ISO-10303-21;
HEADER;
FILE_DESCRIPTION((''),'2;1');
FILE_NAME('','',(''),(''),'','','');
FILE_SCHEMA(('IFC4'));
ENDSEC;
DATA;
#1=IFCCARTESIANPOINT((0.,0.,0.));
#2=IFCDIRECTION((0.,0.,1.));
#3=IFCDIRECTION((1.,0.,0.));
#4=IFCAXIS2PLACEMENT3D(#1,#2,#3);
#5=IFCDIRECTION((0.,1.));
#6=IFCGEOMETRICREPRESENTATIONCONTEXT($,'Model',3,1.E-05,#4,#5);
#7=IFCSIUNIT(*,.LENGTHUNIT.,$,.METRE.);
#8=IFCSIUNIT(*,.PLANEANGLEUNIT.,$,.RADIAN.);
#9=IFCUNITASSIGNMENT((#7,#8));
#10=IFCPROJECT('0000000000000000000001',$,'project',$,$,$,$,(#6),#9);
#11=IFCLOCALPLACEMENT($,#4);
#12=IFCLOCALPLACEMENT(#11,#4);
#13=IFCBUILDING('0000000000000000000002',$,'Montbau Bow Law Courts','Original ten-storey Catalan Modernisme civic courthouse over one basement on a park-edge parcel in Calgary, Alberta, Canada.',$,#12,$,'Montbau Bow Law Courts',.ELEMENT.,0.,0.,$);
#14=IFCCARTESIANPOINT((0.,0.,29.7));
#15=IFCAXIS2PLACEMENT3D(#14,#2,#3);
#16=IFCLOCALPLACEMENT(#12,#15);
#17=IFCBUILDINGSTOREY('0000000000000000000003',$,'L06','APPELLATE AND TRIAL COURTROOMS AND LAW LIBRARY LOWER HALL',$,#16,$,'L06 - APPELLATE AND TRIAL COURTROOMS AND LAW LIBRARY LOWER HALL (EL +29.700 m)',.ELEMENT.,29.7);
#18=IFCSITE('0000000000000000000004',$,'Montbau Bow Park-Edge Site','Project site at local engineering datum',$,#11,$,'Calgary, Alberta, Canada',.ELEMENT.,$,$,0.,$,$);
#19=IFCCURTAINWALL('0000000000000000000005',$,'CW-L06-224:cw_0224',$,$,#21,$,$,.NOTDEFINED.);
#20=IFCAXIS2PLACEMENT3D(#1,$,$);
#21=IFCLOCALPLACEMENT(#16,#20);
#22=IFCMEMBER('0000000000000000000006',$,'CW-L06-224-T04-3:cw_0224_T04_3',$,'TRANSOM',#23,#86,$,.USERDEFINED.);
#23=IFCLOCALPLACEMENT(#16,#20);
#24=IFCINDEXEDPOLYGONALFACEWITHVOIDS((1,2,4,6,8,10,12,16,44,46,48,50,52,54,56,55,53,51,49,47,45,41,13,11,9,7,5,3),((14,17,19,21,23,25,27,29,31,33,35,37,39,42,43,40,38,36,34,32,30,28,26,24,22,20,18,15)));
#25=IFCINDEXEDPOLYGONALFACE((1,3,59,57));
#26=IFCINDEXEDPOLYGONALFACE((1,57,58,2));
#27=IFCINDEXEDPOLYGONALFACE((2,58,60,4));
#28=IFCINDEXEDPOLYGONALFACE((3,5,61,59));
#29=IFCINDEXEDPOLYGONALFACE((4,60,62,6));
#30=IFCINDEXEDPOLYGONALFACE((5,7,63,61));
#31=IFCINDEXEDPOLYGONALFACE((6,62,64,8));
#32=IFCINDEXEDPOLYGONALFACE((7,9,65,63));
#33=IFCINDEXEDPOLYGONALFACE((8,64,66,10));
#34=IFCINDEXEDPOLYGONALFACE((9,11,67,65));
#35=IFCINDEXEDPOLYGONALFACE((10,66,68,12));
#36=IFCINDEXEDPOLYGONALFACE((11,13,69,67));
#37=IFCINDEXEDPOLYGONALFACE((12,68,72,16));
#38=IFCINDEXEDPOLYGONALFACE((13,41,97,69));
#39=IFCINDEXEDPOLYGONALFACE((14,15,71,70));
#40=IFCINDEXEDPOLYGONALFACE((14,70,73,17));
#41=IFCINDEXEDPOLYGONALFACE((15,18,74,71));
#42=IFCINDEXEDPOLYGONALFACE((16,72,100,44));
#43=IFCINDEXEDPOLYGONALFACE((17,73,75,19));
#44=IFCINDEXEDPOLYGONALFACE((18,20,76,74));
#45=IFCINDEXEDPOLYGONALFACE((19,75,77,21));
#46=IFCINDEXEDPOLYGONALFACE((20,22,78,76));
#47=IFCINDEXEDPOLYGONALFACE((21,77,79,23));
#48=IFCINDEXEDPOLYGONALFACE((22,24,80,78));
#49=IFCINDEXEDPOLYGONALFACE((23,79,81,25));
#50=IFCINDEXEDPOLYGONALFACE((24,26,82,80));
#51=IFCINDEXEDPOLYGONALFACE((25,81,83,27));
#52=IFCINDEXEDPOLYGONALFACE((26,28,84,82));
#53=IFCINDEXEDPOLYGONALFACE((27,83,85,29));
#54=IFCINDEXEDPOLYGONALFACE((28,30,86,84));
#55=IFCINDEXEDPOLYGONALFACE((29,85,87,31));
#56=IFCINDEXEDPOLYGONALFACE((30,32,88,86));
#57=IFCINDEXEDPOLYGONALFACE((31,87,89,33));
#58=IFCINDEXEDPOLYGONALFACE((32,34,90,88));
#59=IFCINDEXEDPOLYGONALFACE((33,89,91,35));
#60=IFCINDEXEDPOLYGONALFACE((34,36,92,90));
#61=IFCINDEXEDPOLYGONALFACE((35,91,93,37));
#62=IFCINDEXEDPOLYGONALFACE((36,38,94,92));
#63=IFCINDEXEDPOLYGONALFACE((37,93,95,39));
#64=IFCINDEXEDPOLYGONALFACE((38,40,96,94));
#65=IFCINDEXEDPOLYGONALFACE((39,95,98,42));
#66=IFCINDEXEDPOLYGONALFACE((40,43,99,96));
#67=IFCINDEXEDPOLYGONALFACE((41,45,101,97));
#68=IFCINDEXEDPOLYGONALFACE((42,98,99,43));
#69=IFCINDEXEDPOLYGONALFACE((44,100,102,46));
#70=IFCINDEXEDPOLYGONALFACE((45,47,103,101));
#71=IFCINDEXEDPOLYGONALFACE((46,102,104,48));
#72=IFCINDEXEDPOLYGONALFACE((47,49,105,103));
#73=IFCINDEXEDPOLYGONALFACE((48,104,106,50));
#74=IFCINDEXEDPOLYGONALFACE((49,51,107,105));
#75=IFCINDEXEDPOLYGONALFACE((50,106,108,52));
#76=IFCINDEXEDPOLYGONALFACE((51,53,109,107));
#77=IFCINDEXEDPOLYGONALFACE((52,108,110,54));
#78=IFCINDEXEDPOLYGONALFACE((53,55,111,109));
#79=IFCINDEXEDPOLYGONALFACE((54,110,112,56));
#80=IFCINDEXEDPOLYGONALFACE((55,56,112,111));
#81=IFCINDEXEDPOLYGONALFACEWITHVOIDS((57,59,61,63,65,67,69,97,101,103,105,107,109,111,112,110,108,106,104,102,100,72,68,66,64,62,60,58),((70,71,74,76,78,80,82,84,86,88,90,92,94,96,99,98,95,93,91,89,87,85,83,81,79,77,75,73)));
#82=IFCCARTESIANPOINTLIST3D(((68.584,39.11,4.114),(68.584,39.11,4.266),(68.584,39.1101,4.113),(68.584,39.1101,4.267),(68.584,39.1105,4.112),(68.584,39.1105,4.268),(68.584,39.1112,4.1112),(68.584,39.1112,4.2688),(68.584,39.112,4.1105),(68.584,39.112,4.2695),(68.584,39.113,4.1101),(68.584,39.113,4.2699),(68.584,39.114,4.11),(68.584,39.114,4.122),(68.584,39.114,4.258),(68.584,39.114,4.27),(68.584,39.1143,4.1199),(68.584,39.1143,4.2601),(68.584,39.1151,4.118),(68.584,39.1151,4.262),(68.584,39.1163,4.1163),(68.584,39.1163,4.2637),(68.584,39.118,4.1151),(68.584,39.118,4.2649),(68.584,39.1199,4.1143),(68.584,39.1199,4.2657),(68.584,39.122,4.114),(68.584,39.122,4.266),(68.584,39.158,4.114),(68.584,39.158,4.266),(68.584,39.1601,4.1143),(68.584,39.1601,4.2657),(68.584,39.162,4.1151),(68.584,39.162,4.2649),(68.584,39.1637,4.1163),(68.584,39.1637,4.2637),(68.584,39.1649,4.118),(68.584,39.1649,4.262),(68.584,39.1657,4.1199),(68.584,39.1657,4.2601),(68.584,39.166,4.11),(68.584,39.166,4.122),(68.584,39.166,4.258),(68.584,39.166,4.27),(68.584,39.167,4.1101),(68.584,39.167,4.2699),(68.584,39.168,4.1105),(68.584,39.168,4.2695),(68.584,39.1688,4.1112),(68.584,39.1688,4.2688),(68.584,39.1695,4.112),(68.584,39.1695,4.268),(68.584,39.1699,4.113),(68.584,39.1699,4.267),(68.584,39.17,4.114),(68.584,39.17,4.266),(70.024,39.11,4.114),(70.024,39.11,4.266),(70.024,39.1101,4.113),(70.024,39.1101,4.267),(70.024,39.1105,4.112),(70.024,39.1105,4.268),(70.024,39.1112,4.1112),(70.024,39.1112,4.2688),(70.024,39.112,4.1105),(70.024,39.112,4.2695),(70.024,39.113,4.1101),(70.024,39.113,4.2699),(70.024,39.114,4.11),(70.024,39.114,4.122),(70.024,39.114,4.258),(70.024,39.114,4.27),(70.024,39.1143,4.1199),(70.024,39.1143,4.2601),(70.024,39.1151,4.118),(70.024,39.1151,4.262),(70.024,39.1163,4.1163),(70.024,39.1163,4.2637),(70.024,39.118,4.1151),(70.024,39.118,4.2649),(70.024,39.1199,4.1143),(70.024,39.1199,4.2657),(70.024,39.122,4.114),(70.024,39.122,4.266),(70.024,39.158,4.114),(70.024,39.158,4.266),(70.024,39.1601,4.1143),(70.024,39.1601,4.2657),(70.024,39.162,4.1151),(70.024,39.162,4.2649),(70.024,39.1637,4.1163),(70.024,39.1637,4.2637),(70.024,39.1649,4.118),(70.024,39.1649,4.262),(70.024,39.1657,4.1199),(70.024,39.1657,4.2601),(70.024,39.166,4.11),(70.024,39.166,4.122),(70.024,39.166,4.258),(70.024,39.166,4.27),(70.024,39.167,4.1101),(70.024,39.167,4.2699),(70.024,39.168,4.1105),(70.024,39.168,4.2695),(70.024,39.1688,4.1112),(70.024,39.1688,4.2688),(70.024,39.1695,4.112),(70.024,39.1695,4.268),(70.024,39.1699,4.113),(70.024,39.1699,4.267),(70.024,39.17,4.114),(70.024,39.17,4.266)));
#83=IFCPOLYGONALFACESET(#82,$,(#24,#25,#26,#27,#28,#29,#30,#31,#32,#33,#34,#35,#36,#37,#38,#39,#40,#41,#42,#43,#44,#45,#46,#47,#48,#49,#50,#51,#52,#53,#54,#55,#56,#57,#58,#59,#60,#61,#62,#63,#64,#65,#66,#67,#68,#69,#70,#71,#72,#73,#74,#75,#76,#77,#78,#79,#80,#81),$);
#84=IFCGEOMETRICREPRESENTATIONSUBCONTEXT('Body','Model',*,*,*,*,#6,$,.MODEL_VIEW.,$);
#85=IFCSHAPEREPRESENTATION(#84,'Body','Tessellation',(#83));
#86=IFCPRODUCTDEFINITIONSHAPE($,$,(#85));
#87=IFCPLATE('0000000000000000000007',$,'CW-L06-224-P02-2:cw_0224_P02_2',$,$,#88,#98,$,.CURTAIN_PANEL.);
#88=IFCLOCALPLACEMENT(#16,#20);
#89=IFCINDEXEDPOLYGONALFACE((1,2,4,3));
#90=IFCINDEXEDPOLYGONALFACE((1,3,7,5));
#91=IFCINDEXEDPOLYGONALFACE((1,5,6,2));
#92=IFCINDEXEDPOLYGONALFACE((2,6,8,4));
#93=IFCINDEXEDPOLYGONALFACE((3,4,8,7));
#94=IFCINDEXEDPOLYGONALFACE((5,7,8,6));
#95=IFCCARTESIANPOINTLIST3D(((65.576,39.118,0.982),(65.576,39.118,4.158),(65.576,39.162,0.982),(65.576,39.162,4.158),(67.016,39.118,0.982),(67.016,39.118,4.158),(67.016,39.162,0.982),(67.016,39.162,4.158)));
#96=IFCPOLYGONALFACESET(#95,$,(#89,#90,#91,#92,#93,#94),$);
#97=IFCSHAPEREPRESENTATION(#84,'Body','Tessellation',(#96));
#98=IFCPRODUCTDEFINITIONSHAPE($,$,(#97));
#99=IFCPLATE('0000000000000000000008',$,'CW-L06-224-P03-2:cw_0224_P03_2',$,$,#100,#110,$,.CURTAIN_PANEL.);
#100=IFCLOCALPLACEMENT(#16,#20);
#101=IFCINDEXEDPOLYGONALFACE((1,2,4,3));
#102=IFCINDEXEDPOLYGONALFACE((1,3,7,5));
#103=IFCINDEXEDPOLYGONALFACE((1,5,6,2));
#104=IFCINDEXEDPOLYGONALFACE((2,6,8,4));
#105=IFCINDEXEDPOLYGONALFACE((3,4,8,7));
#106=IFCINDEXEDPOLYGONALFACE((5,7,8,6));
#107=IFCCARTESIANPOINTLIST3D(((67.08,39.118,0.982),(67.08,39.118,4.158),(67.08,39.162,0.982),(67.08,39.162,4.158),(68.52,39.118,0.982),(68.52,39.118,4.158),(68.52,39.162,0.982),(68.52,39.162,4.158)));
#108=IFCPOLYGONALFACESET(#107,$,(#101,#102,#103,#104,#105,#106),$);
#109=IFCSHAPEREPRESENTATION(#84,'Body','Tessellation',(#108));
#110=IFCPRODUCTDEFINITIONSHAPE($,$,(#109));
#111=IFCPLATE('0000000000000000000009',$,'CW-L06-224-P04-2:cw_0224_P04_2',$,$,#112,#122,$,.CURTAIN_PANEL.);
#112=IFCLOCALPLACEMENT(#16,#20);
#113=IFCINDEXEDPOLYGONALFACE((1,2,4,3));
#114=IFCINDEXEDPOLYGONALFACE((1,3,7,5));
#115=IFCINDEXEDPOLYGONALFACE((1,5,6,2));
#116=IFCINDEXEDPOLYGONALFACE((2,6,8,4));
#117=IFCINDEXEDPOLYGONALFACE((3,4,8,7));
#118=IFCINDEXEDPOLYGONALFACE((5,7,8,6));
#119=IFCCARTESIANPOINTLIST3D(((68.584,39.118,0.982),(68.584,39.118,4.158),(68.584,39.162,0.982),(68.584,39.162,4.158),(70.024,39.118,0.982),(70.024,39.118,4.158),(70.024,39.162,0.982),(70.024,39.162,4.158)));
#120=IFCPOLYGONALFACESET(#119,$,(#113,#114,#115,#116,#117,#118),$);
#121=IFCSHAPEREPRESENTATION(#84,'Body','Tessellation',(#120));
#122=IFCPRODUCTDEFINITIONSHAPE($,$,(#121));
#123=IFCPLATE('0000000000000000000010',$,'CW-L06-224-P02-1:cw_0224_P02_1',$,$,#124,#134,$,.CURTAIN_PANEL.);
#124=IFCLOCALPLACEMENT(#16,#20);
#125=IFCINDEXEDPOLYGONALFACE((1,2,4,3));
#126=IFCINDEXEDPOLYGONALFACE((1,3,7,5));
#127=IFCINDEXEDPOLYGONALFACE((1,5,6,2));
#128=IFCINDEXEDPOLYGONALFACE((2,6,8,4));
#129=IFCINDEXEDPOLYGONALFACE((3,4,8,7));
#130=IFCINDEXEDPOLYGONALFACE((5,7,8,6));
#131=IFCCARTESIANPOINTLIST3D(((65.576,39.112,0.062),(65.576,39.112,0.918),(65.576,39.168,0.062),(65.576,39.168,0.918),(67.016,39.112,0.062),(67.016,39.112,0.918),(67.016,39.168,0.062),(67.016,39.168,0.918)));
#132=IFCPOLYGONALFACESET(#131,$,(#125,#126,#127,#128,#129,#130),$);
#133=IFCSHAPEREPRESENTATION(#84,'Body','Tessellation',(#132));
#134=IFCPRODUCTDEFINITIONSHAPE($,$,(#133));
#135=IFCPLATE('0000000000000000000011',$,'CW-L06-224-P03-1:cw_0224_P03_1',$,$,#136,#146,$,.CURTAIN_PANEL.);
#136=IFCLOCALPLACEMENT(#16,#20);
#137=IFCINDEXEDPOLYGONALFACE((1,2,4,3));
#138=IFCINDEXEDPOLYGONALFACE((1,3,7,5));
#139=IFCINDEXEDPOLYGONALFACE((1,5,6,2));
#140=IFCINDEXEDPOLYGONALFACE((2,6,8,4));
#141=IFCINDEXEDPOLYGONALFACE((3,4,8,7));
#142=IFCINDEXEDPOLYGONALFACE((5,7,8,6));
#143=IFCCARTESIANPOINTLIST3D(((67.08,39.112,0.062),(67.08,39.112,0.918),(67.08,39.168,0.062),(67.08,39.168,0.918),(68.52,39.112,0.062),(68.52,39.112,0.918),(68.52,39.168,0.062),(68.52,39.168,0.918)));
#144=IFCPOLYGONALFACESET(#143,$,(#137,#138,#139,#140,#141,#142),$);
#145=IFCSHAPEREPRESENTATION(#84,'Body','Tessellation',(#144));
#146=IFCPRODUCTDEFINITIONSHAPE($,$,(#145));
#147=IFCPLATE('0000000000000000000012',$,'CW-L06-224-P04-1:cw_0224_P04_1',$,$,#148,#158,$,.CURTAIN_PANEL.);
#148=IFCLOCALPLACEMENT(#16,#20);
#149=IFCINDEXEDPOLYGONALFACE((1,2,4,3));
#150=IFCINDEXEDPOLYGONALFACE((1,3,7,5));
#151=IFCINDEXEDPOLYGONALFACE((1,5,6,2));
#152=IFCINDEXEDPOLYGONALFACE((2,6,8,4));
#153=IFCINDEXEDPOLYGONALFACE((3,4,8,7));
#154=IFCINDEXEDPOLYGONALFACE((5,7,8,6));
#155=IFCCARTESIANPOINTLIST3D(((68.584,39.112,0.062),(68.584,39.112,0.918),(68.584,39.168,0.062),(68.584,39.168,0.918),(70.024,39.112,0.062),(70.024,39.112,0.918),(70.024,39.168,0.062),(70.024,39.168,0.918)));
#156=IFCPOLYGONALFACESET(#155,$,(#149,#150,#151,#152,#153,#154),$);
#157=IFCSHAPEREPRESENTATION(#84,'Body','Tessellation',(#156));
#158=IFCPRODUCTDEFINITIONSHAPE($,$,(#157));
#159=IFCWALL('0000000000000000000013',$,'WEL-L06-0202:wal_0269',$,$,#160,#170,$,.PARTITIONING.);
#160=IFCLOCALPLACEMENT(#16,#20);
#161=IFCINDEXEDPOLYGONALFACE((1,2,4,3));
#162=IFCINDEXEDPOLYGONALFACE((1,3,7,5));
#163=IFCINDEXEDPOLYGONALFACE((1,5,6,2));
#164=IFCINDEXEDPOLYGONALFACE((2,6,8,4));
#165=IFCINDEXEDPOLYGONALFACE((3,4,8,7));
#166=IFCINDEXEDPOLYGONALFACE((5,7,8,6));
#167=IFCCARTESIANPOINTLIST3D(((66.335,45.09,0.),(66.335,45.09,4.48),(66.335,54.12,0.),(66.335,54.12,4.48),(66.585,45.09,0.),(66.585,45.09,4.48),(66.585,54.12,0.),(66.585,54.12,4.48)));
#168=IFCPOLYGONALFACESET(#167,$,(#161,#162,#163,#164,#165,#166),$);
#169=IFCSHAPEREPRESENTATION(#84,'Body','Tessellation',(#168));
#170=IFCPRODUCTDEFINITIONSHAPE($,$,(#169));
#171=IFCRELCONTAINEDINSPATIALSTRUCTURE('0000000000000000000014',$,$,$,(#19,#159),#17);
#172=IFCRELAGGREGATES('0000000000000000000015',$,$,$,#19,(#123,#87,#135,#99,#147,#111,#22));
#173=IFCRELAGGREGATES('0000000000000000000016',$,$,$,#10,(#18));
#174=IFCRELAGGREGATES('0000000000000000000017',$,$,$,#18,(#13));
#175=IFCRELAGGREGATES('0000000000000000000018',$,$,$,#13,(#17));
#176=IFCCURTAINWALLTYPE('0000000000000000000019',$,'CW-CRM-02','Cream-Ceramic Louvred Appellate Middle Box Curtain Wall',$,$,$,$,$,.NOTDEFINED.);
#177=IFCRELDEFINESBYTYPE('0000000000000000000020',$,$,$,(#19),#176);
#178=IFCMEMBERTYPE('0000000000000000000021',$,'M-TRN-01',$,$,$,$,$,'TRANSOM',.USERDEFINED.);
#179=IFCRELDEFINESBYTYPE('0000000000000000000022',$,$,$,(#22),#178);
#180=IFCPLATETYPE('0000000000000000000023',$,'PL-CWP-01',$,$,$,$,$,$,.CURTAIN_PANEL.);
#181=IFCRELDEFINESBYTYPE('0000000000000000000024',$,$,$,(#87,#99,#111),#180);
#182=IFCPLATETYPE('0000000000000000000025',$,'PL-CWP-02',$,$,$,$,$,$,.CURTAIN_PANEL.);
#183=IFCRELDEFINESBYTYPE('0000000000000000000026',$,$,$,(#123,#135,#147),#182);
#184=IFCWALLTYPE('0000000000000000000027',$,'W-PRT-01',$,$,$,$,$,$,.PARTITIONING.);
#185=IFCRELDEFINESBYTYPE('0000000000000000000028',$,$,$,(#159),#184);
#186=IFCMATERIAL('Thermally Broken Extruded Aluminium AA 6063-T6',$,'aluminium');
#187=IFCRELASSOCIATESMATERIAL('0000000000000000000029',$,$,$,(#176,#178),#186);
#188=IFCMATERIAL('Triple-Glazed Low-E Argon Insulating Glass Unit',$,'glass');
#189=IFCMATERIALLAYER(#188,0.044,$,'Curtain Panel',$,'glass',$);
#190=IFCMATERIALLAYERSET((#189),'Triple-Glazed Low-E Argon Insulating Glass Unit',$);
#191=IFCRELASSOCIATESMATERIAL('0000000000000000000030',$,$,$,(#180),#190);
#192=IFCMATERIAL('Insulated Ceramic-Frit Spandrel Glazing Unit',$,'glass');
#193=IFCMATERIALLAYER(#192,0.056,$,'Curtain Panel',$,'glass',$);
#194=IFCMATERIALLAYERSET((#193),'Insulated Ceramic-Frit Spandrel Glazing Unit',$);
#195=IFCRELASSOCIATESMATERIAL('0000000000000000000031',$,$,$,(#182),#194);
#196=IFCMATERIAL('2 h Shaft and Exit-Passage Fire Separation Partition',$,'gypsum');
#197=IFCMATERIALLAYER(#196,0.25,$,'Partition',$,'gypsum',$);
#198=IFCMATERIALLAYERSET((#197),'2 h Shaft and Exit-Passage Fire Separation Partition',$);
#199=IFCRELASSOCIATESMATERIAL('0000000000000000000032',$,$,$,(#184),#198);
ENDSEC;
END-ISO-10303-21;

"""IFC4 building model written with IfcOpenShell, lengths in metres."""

from ifc_helpers import new_model, si_unit, direction, frame, frame_2d, origin_with_axes, origin_2d_with_axis, place, context, subcontext, project, spatial, rectangle, hollow_rectangle, extrude, material, layer, layer_set, material_profile, profile_set, type_object, element, aggregate, save


model = new_model("IFC4")

# Units and contexts
model_context = context("Model", 3, precision=1e-05, world=origin_with_axes(), true_north=direction((0.0, 1.0)))
body_context = subcontext(model_context, "Body", "Model", "MODEL_VIEW")
ifc_project = project(units=[si_unit("LENGTHUNIT", "METRE"), si_unit("PLANEANGLEUNIT", "RADIAN")], contexts=[model_context])

# Site, building, storey
site_placement = place(None, origin_with_axes())
site = spatial("IfcSite", under=ifc_project, at=site_placement, Name="Montbau Bow Park-Edge Site", Description="Project site at local engineering datum", LongName="Calgary, Alberta, Canada", CompositionType="ELEMENT", RefElevation=0.0)
building_placement = place(site_placement, origin_with_axes())
building = spatial("IfcBuilding", under=site, at=building_placement, Name="Montbau Bow Law Courts", Description="Original ten-storey Catalan Modernisme civic courthouse over one basement on a park-edge parcel in Calgary, Alberta, Canada.", LongName="Montbau Bow Law Courts", CompositionType="ELEMENT", ElevationOfRefHeight=0.0, ElevationOfTerrain=0.0)
storey_placement = place(building_placement, frame((0.0, 0.0, 29.7), z_axis=(0.0, 0.0, 1.0), x_axis=(1.0, 0.0, 0.0)))
storey = spatial("IfcBuildingStorey", under=building, at=storey_placement, Name="L06", Description="APPELLATE AND TRIAL COURTROOMS AND LAW LIBRARY LOWER HALL", LongName="L06 - APPELLATE AND TRIAL COURTROOMS AND LAW LIBRARY LOWER HALL (EL +29.700 m)", CompositionType="ELEMENT", Elevation=29.7)

# Curtain wall, member, plates
ifc_material_1 = material(Name="Thermally Broken Extruded Aluminium AA 6063-T6", Category="aluminium")
curtain_wall_type = type_object("IfcCurtainWallType", Name="CW-CRM-02", Description="Cream-Ceramic Louvred Appellate Middle Box Curtain Wall", PredefinedType="NOTDEFINED", material=ifc_material_1)
curtain_wall_placement = place(None, frame((64.04, 39.14, 29.7), z_axis=(0.0, 0.0, 1.0), x_axis=(1.0, 0.0, 0.0)))
curtain_wall = element("IfcCurtainWall", 1, at=curtain_wall_placement, inside=storey, type_object=curtain_wall_type, Name="CW-L06-224:cw_0224", PredefinedType="NOTDEFINED")
ifc_material_profile_1 = material_profile(ifc_material_1, hollow_rectangle(XDim=0.06, YDim=0.16, WallThickness=0.004, InnerFilletRadius=0.008, OuterFilletRadius=0.004, at=origin_2d_with_axis()), Name="CWT-160X60", Category="Main", Priority=0)
ifc_profile_set_1 = profile_set([ifc_material_profile_1], Name="Thermally Broken Extruded Aluminium AA 6063-T6")
member_type_1 = type_object("IfcMemberType", Name="M-TRN-01", ElementType="TRANSOM", PredefinedType="USERDEFINED", material=ifc_profile_set_1)
member_1_placement = place(None, frame((68.584, 39.14, 33.89), z_axis=(1.0, 0.0, 0.0), x_axis=(0.0, 1.0, 0.0)))
member_1 = element("IfcMember", 2, at=member_1_placement, type_object=member_type_1, Name="CW-L06-224-T04-3:cw_0224_T04_3", ObjectType="TRANSOM", PredefinedType="USERDEFINED", context=body_context, shape_type="SweptSolid", body=[
    extrude(hollow_rectangle(XDim=0.06, YDim=0.16, WallThickness=0.004, InnerFilletRadius=0.008, OuterFilletRadius=0.004, at=origin_2d_with_axis()), origin_with_axes(), (0.0, 0.0, 1.0), 1.44),
])
ifc_material_2 = material(Name="Triple-Glazed Low-E Argon Insulating Glass Unit", Category="glass")
ifc_layer_1 = layer(ifc_material_2, 0.044, Name="Curtain Panel", Category="glass")
ifc_layer_set_1 = layer_set([ifc_layer_1], Name="Triple-Glazed Low-E Argon Insulating Glass Unit")
plate_type_1 = type_object("IfcPlateType", Name="PL-CWP-01", PredefinedType="CURTAIN_PANEL", material=ifc_layer_set_1)
plate_1_placement = place(None, frame((65.576, 39.14, 30.682), z_axis=(0.0, -1.0, 0.0), x_axis=(1.0, 0.0, 0.0)))
plate_1 = element("IfcPlate", 3, at=plate_1_placement, type_object=plate_type_1, Name="CW-L06-224-P02-2:cw_0224_P02_2", PredefinedType="CURTAIN_PANEL", context=body_context, shape_type="SweptSolid", body=[
    extrude(rectangle(XDim=1.44, YDim=3.176, at=frame_2d((0.72, 1.588), x_axis=(1.0, 0.0))), frame((0.0, 0.0, -0.022), z_axis=(0.0, 0.0, 1.0), x_axis=(1.0, 0.0, 0.0)), (0.0, 0.0, 1.0), 0.044),
])
plate_2_placement = place(None, frame((67.08, 39.14, 30.682), z_axis=(0.0, -1.0, 0.0), x_axis=(1.0, 0.0, 0.0)))
plate_2 = element("IfcPlate", 4, at=plate_2_placement, type_object=plate_type_1, Name="CW-L06-224-P03-2:cw_0224_P03_2", PredefinedType="CURTAIN_PANEL", context=body_context, shape_type="SweptSolid", body=[
    extrude(rectangle(XDim=1.44, YDim=3.176, at=frame_2d((0.72, 1.588), x_axis=(1.0, 0.0))), frame((0.0, 0.0, -0.022), z_axis=(0.0, 0.0, 1.0), x_axis=(1.0, 0.0, 0.0)), (0.0, 0.0, 1.0), 0.044),
])
plate_3_placement = place(None, frame((68.584, 39.14, 30.682), z_axis=(0.0, -1.0, 0.0), x_axis=(1.0, 0.0, 0.0)))
plate_3 = element("IfcPlate", 5, at=plate_3_placement, type_object=plate_type_1, Name="CW-L06-224-P04-2:cw_0224_P04_2", PredefinedType="CURTAIN_PANEL", context=body_context, shape_type="SweptSolid", body=[
    extrude(rectangle(XDim=1.44, YDim=3.176, at=frame_2d((0.72, 1.588), x_axis=(1.0, 0.0))), frame((0.0, 0.0, -0.022), z_axis=(0.0, 0.0, 1.0), x_axis=(1.0, 0.0, 0.0)), (0.0, 0.0, 1.0), 0.044),
])
ifc_material_3 = material(Name="Insulated Ceramic-Frit Spandrel Glazing Unit", Category="glass")
ifc_layer_2 = layer(ifc_material_3, 0.056, Name="Curtain Panel", Category="glass")
ifc_layer_set_2 = layer_set([ifc_layer_2], Name="Insulated Ceramic-Frit Spandrel Glazing Unit")
plate_type_2 = type_object("IfcPlateType", Name="PL-CWP-02", PredefinedType="CURTAIN_PANEL", material=ifc_layer_set_2)
plate_4_placement = place(None, frame((65.576, 39.14, 29.762), z_axis=(0.0, -1.0, 0.0), x_axis=(1.0, 0.0, 0.0)))
plate_4 = element("IfcPlate", 6, at=plate_4_placement, type_object=plate_type_2, Name="CW-L06-224-P02-1:cw_0224_P02_1", PredefinedType="CURTAIN_PANEL", context=body_context, shape_type="SweptSolid", body=[
    extrude(rectangle(XDim=1.44, YDim=0.856, at=frame_2d((0.72, 0.428), x_axis=(1.0, 0.0))), frame((0.0, 0.0, -0.028), z_axis=(0.0, 0.0, 1.0), x_axis=(1.0, 0.0, 0.0)), (0.0, 0.0, 1.0), 0.056),
])
plate_5_placement = place(None, frame((67.08, 39.14, 29.762), z_axis=(0.0, -1.0, 0.0), x_axis=(1.0, 0.0, 0.0)))
plate_5 = element("IfcPlate", 7, at=plate_5_placement, type_object=plate_type_2, Name="CW-L06-224-P03-1:cw_0224_P03_1", PredefinedType="CURTAIN_PANEL", context=body_context, shape_type="SweptSolid", body=[
    extrude(rectangle(XDim=1.44, YDim=0.856, at=frame_2d((0.72, 0.428), x_axis=(1.0, 0.0))), frame((0.0, 0.0, -0.028), z_axis=(0.0, 0.0, 1.0), x_axis=(1.0, 0.0, 0.0)), (0.0, 0.0, 1.0), 0.056),
])
plate_6_placement = place(None, frame((68.584, 39.14, 29.762), z_axis=(0.0, -1.0, 0.0), x_axis=(1.0, 0.0, 0.0)))
plate_6 = element("IfcPlate", 8, at=plate_6_placement, type_object=plate_type_2, Name="CW-L06-224-P04-1:cw_0224_P04_1", PredefinedType="CURTAIN_PANEL", context=body_context, shape_type="SweptSolid", body=[
    extrude(rectangle(XDim=1.44, YDim=0.856, at=frame_2d((0.72, 0.428), x_axis=(1.0, 0.0))), frame((0.0, 0.0, -0.028), z_axis=(0.0, 0.0, 1.0), x_axis=(1.0, 0.0, 0.0)), (0.0, 0.0, 1.0), 0.056),
])
aggregate(curtain_wall, [plate_4, plate_1, plate_5, plate_2, plate_6, plate_3, member_1])

# Wall
ifc_material_4 = material(Name="2 h Shaft and Exit-Passage Fire Separation Partition", Category="gypsum")
ifc_layer_3 = layer(ifc_material_4, 0.25, Name="Partition", Category="gypsum")
ifc_layer_set_3 = layer_set([ifc_layer_3], Name="2 h Shaft and Exit-Passage Fire Separation Partition")
wall_type_1 = type_object("IfcWallType", Name="W-PRT-01", PredefinedType="PARTITIONING", material=ifc_layer_set_3)
wall_1_placement = place(None, frame((66.46, 45.09, 29.7), z_axis=(0.0, 0.0, 1.0), x_axis=(0.0, 1.0, 0.0)))
element("IfcWall", 9, at=wall_1_placement, inside=storey, type_object=wall_type_1, Name="WEL-L06-0202:wal_0269", PredefinedType="PARTITIONING", context=body_context, shape_type="SweptSolid", body=[
    extrude(rectangle(XDim=9.03, YDim=0.25, at=frame_2d((4.515, 0.0), x_axis=(1.0, 0.0))), origin_with_axes(), (0.0, 0.0, 1.0), 4.48),
])

save(model, "model.ifc")
